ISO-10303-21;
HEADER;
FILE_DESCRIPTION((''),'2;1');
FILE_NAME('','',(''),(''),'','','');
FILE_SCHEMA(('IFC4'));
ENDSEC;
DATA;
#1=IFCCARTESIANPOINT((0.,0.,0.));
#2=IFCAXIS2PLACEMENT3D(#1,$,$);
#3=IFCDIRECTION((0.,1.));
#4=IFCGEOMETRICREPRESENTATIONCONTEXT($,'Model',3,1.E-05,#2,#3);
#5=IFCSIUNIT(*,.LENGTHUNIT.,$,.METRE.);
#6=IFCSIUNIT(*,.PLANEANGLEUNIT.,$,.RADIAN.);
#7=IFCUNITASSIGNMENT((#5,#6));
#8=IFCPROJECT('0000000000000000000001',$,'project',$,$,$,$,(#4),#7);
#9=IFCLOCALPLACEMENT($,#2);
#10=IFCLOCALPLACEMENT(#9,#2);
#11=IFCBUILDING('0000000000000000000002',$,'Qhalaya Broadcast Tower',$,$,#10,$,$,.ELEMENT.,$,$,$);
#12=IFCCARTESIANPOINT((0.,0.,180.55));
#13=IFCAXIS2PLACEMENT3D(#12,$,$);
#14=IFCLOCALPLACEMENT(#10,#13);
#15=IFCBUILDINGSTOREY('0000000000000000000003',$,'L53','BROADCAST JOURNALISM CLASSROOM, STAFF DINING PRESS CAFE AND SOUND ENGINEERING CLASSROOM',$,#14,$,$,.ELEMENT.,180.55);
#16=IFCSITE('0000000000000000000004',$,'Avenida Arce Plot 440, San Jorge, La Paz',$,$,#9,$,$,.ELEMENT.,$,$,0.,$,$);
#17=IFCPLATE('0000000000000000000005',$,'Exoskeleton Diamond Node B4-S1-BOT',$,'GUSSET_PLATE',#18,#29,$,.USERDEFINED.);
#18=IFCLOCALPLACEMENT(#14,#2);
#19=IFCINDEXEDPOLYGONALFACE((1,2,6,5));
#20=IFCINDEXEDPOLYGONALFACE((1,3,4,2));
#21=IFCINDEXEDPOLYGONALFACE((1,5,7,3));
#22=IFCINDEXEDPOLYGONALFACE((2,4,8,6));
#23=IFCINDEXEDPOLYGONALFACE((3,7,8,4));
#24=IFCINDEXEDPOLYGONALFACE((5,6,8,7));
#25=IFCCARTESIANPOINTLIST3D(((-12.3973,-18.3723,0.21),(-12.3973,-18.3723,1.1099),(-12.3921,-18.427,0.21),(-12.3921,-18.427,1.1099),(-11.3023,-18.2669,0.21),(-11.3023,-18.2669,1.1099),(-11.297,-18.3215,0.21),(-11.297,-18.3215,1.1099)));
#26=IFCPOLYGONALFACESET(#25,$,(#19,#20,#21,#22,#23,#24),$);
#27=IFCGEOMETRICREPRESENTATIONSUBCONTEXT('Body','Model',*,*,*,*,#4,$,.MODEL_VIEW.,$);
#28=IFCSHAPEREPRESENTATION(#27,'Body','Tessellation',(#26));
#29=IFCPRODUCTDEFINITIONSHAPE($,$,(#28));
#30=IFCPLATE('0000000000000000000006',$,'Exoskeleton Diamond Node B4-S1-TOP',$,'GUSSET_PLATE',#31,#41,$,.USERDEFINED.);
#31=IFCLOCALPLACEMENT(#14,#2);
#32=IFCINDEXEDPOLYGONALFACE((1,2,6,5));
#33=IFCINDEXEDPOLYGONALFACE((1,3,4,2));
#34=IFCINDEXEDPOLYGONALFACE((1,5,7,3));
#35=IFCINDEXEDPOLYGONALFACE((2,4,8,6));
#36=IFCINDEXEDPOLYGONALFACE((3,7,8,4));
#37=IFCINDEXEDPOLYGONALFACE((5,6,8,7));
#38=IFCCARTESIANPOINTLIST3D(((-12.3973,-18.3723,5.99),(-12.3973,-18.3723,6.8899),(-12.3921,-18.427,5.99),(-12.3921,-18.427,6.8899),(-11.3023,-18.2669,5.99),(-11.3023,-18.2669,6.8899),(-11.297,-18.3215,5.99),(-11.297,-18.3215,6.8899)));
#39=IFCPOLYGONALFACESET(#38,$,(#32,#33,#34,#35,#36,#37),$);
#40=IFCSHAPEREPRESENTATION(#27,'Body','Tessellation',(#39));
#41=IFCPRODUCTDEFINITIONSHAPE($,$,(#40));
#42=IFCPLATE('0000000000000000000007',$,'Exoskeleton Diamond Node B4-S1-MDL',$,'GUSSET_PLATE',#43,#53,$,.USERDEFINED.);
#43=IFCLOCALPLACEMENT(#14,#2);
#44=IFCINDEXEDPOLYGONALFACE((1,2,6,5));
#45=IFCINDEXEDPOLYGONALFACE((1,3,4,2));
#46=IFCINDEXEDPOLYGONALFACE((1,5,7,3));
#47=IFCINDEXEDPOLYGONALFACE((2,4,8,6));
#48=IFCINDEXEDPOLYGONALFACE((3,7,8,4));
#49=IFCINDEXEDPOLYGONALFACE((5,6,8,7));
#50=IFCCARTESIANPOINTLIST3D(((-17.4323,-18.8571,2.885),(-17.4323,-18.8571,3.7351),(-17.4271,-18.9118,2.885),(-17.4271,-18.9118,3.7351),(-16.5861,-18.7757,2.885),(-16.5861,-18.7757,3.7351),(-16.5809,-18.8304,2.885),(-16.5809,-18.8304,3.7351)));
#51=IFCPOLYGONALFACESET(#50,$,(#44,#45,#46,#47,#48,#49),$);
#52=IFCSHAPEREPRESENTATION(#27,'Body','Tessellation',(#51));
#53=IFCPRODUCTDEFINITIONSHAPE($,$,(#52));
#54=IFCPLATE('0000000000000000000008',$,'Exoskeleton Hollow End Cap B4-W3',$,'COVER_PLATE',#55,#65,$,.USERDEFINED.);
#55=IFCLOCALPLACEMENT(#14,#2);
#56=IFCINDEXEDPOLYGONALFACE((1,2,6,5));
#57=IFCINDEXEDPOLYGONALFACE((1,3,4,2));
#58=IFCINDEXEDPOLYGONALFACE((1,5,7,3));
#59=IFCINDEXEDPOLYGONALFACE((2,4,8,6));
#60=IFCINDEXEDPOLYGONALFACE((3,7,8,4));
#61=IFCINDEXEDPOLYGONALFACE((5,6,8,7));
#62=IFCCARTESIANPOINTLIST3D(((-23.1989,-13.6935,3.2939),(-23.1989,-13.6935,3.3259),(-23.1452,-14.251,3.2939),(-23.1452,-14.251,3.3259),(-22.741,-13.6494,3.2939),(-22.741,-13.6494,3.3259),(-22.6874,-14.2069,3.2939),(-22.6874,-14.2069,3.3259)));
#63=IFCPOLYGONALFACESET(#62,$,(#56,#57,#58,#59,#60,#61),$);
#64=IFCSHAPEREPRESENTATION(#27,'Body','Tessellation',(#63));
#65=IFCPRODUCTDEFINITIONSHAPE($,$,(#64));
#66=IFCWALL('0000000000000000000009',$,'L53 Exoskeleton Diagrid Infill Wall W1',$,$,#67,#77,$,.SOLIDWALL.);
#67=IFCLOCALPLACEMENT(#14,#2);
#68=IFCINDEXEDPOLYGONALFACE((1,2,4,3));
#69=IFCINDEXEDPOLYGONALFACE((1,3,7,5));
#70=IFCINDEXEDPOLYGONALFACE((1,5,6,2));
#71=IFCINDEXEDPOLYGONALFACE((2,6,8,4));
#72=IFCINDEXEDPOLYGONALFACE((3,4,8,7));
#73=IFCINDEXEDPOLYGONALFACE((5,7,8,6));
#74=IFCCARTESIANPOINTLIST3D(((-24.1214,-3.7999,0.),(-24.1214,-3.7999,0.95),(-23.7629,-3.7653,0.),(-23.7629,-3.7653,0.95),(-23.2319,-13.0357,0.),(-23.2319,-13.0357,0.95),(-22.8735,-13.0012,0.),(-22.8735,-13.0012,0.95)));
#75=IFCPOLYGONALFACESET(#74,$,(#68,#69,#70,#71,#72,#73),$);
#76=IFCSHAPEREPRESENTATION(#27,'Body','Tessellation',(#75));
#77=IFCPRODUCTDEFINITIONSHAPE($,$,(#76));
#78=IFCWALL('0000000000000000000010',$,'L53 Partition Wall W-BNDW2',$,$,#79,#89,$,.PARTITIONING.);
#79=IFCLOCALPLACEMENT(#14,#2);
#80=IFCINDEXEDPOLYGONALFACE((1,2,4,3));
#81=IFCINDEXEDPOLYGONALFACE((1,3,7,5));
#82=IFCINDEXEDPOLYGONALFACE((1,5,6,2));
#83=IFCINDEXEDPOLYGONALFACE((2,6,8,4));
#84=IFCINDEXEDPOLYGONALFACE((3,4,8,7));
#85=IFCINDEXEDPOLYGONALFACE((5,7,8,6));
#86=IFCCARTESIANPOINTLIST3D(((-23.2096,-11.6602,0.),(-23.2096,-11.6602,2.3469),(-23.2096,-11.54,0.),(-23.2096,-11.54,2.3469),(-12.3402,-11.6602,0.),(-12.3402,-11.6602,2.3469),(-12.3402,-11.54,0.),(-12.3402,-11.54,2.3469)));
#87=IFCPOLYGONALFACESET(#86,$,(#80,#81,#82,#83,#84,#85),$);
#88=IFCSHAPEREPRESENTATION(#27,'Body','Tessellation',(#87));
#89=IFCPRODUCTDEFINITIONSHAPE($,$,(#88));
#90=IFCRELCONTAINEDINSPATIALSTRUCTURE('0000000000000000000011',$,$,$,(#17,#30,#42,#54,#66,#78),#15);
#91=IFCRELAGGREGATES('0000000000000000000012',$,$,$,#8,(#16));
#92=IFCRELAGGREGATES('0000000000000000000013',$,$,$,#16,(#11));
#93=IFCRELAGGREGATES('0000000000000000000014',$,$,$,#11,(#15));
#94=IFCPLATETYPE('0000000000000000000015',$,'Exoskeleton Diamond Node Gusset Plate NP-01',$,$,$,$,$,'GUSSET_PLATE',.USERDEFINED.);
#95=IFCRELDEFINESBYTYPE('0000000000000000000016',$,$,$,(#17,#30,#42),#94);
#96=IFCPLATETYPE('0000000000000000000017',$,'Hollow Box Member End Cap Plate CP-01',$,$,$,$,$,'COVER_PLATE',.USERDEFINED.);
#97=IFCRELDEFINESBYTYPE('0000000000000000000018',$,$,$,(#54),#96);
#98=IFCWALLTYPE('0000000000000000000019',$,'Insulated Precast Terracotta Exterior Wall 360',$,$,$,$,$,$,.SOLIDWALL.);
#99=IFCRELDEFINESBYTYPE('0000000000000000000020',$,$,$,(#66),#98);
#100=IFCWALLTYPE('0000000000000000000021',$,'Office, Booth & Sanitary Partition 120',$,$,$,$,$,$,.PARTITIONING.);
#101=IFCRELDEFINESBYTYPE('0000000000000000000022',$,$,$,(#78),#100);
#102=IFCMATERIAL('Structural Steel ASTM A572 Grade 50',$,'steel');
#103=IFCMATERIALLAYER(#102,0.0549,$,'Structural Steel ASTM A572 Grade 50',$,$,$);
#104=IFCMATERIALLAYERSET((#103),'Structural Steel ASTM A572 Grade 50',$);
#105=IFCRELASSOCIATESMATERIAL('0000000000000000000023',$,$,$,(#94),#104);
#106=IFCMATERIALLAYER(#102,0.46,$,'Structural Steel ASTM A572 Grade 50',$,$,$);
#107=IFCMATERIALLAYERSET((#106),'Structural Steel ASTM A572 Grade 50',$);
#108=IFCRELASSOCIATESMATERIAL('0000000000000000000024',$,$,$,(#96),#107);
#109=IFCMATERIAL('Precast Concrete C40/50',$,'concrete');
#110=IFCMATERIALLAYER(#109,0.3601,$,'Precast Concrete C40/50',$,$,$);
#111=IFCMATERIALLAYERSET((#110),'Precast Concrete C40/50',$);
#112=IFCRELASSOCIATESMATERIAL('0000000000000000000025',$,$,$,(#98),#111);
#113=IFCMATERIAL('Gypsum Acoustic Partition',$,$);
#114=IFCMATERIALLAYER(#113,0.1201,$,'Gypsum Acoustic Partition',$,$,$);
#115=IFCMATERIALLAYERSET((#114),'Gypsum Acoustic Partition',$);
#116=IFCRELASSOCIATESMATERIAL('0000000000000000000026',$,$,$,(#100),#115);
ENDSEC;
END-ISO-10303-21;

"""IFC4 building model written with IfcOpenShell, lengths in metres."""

from ifc_helpers import new_model, si_unit, direction, frame, frame_2d, origin, origin_2d, place, context, subcontext, project, spatial, rectangle, extrude, material, layer, layer_set, type_object, element, save


model = new_model("IFC4")

# Units and contexts
model_context = context("Model", 3, precision=1e-05, world=origin(), true_north=direction((0.0, 1.0)))
body_context = subcontext(model_context, "Body", "Model", "MODEL_VIEW")
ifc_project = project(units=[si_unit("LENGTHUNIT", "METRE"), si_unit("PLANEANGLEUNIT", "RADIAN")], contexts=[model_context])

# Site, building, storey
site_placement = place(None, origin())
site = spatial("IfcSite", under=ifc_project, at=site_placement, Name="Avenida Arce Plot 440, San Jorge, La Paz", CompositionType="ELEMENT", RefElevation=0.0)
building_placement = place(site_placement, origin())
building = spatial("IfcBuilding", under=site, at=building_placement, Name="Qhalaya Broadcast Tower", CompositionType="ELEMENT")
storey_placement = place(building_placement, frame((0.0, 0.0, 180.55)))
storey = spatial("IfcBuildingStorey", under=building, at=storey_placement, Name="L53", Description="BROADCAST JOURNALISM CLASSROOM, STAFF DINING PRESS CAFE AND SOUND ENGINEERING CLASSROOM", CompositionType="ELEMENT", Elevation=180.55)

# Shared definitions
ifc_material_1 = material(Name="Structural Steel ASTM A572 Grade 50", Category="steel")

# Plates
ifc_layer_1 = layer(ifc_material_1, 0.0549, Name="Structural Steel ASTM A572 Grade 50")
ifc_layer_set_1 = layer_set([ifc_layer_1], Name="Structural Steel ASTM A572 Grade 50")
plate_type_1 = type_object("IfcPlateType", Name="Exoskeleton Diamond Node Gusset Plate NP-01", ElementType="GUSSET_PLATE", PredefinedType="USERDEFINED", material=ifc_layer_set_1)
for number, where, z_axis, x_axis, name in (
    (1, (-11.8472, -18.3469, 0.21), (0.0, 0.0, 1.0), (0.995396, 0.095846, 0.0), "Exoskeleton Diamond Node B4-S1-BOT"),
    (2, (-11.8472, -18.3469, 5.99), (0.0, 0.0, 1.0), (0.995396, 0.095846, 0.0), "Exoskeleton Diamond Node B4-S1-TOP"),
):
    element("IfcPlate", number, at=place(storey_placement, frame(where, z_axis=z_axis, x_axis=x_axis)), inside=storey, type_object=plate_type_1, Name=name, ObjectType="GUSSET_PLATE", PredefinedType="USERDEFINED", context=body_context, shape_type="SweptSolid", body=[
        extrude(rectangle(XDim=1.1001, YDim=0.0549, at=origin_2d()), origin(), (0.0, 0.0, 1.0), 0.8999),
    ])
plate_1_placement = place(storey_placement, frame((-17.0066, -18.8438, 2.885), z_axis=(0.0, 0.0, 1.0), x_axis=(0.995396, 0.095846, 0.0)))
element("IfcPlate", 3, at=plate_1_placement, inside=storey, type_object=plate_type_1, Name="Exoskeleton Diamond Node B4-S1-MDL", ObjectType="GUSSET_PLATE", PredefinedType="USERDEFINED", context=body_context, shape_type="SweptSolid", body=[
    extrude(rectangle(XDim=0.8501, YDim=0.0549, at=origin_2d()), origin(), (0.0, 0.0, 1.0), 0.8501),
])
ifc_layer_2 = layer(ifc_material_1, 0.46, Name="Structural Steel ASTM A572 Grade 50")
ifc_layer_set_2 = layer_set([ifc_layer_2], Name="Structural Steel ASTM A572 Grade 50")
plate_type_2 = type_object("IfcPlateType", Name="Hollow Box Member End Cap Plate CP-01", ElementType="COVER_PLATE", PredefinedType="USERDEFINED", material=ifc_layer_set_2)
plate_2_placement = place(storey_placement, frame((-22.9431, -13.9502, 3.2939), z_axis=(0.0, 0.0, 1.0), x_axis=(-0.095846, 0.995396, 0.0)))
element("IfcPlate", 4, at=plate_2_placement, inside=storey, type_object=plate_type_2, Name="Exoskeleton Hollow End Cap B4-W3", ObjectType="COVER_PLATE", PredefinedType="USERDEFINED", context=body_context, shape_type="SweptSolid", body=[
    extrude(rectangle(XDim=0.5601, YDim=0.46, at=origin_2d()), origin(), (0.0, 0.0, 1.0), 0.032),
])

# Walls
ifc_material_2 = material(Name="Precast Concrete C40/50", Category="concrete")
ifc_layer_3 = layer(ifc_material_2, 0.3601, Name="Precast Concrete C40/50")
ifc_layer_set_3 = layer_set([ifc_layer_3], Name="Precast Concrete C40/50")
wall_type_1 = type_object("IfcWallType", Name="Insulated Precast Terracotta Exterior Wall 360", PredefinedType="SOLIDWALL", material=ifc_layer_set_3)
wall_1_placement = place(storey_placement, frame((-23.0527, -13.0183, 0.0), z_axis=(0.0, 0.0, 1.0), x_axis=(-0.095856, 0.995395, 0.0)))
element("IfcWall", 5, at=wall_1_placement, inside=storey, type_object=wall_type_1, Name="L53 Exoskeleton Diagrid Infill Wall W1", PredefinedType="SOLIDWALL", context=body_context, shape_type="SweptSolid", body=[
    extrude(rectangle(XDim=9.2786, YDim=0.3601, at=frame_2d((4.6392, 0.0))), origin(), (0.0, 0.0, 1.0), 0.95),
])
ifc_material_3 = material(Name="Gypsum Acoustic Partition")
ifc_layer_4 = layer(ifc_material_3, 0.1201, Name="Gypsum Acoustic Partition")
ifc_layer_set_4 = layer_set([ifc_layer_4], Name="Gypsum Acoustic Partition")
wall_type_2 = type_object("IfcWallType", Name="Office, Booth & Sanitary Partition 120", PredefinedType="PARTITIONING", material=ifc_layer_set_4)
wall_2_placement = place(storey_placement, frame((-23.2095, -11.6001, 0.0), z_axis=(0.0, 0.0, 1.0), x_axis=(1.0, 0.0, 0.0)))
element("IfcWall", 6, at=wall_2_placement, inside=storey, type_object=wall_type_2, Name="L53 Partition Wall W-BNDW2", PredefinedType="PARTITIONING", context=body_context, shape_type="SweptSolid", body=[
    extrude(rectangle(XDim=10.8694, YDim=0.1201, at=frame_2d((5.4346, 0.0))), origin(), (0.0, 0.0, 1.0), 2.3469),
])

save(model, "model.ifc")
